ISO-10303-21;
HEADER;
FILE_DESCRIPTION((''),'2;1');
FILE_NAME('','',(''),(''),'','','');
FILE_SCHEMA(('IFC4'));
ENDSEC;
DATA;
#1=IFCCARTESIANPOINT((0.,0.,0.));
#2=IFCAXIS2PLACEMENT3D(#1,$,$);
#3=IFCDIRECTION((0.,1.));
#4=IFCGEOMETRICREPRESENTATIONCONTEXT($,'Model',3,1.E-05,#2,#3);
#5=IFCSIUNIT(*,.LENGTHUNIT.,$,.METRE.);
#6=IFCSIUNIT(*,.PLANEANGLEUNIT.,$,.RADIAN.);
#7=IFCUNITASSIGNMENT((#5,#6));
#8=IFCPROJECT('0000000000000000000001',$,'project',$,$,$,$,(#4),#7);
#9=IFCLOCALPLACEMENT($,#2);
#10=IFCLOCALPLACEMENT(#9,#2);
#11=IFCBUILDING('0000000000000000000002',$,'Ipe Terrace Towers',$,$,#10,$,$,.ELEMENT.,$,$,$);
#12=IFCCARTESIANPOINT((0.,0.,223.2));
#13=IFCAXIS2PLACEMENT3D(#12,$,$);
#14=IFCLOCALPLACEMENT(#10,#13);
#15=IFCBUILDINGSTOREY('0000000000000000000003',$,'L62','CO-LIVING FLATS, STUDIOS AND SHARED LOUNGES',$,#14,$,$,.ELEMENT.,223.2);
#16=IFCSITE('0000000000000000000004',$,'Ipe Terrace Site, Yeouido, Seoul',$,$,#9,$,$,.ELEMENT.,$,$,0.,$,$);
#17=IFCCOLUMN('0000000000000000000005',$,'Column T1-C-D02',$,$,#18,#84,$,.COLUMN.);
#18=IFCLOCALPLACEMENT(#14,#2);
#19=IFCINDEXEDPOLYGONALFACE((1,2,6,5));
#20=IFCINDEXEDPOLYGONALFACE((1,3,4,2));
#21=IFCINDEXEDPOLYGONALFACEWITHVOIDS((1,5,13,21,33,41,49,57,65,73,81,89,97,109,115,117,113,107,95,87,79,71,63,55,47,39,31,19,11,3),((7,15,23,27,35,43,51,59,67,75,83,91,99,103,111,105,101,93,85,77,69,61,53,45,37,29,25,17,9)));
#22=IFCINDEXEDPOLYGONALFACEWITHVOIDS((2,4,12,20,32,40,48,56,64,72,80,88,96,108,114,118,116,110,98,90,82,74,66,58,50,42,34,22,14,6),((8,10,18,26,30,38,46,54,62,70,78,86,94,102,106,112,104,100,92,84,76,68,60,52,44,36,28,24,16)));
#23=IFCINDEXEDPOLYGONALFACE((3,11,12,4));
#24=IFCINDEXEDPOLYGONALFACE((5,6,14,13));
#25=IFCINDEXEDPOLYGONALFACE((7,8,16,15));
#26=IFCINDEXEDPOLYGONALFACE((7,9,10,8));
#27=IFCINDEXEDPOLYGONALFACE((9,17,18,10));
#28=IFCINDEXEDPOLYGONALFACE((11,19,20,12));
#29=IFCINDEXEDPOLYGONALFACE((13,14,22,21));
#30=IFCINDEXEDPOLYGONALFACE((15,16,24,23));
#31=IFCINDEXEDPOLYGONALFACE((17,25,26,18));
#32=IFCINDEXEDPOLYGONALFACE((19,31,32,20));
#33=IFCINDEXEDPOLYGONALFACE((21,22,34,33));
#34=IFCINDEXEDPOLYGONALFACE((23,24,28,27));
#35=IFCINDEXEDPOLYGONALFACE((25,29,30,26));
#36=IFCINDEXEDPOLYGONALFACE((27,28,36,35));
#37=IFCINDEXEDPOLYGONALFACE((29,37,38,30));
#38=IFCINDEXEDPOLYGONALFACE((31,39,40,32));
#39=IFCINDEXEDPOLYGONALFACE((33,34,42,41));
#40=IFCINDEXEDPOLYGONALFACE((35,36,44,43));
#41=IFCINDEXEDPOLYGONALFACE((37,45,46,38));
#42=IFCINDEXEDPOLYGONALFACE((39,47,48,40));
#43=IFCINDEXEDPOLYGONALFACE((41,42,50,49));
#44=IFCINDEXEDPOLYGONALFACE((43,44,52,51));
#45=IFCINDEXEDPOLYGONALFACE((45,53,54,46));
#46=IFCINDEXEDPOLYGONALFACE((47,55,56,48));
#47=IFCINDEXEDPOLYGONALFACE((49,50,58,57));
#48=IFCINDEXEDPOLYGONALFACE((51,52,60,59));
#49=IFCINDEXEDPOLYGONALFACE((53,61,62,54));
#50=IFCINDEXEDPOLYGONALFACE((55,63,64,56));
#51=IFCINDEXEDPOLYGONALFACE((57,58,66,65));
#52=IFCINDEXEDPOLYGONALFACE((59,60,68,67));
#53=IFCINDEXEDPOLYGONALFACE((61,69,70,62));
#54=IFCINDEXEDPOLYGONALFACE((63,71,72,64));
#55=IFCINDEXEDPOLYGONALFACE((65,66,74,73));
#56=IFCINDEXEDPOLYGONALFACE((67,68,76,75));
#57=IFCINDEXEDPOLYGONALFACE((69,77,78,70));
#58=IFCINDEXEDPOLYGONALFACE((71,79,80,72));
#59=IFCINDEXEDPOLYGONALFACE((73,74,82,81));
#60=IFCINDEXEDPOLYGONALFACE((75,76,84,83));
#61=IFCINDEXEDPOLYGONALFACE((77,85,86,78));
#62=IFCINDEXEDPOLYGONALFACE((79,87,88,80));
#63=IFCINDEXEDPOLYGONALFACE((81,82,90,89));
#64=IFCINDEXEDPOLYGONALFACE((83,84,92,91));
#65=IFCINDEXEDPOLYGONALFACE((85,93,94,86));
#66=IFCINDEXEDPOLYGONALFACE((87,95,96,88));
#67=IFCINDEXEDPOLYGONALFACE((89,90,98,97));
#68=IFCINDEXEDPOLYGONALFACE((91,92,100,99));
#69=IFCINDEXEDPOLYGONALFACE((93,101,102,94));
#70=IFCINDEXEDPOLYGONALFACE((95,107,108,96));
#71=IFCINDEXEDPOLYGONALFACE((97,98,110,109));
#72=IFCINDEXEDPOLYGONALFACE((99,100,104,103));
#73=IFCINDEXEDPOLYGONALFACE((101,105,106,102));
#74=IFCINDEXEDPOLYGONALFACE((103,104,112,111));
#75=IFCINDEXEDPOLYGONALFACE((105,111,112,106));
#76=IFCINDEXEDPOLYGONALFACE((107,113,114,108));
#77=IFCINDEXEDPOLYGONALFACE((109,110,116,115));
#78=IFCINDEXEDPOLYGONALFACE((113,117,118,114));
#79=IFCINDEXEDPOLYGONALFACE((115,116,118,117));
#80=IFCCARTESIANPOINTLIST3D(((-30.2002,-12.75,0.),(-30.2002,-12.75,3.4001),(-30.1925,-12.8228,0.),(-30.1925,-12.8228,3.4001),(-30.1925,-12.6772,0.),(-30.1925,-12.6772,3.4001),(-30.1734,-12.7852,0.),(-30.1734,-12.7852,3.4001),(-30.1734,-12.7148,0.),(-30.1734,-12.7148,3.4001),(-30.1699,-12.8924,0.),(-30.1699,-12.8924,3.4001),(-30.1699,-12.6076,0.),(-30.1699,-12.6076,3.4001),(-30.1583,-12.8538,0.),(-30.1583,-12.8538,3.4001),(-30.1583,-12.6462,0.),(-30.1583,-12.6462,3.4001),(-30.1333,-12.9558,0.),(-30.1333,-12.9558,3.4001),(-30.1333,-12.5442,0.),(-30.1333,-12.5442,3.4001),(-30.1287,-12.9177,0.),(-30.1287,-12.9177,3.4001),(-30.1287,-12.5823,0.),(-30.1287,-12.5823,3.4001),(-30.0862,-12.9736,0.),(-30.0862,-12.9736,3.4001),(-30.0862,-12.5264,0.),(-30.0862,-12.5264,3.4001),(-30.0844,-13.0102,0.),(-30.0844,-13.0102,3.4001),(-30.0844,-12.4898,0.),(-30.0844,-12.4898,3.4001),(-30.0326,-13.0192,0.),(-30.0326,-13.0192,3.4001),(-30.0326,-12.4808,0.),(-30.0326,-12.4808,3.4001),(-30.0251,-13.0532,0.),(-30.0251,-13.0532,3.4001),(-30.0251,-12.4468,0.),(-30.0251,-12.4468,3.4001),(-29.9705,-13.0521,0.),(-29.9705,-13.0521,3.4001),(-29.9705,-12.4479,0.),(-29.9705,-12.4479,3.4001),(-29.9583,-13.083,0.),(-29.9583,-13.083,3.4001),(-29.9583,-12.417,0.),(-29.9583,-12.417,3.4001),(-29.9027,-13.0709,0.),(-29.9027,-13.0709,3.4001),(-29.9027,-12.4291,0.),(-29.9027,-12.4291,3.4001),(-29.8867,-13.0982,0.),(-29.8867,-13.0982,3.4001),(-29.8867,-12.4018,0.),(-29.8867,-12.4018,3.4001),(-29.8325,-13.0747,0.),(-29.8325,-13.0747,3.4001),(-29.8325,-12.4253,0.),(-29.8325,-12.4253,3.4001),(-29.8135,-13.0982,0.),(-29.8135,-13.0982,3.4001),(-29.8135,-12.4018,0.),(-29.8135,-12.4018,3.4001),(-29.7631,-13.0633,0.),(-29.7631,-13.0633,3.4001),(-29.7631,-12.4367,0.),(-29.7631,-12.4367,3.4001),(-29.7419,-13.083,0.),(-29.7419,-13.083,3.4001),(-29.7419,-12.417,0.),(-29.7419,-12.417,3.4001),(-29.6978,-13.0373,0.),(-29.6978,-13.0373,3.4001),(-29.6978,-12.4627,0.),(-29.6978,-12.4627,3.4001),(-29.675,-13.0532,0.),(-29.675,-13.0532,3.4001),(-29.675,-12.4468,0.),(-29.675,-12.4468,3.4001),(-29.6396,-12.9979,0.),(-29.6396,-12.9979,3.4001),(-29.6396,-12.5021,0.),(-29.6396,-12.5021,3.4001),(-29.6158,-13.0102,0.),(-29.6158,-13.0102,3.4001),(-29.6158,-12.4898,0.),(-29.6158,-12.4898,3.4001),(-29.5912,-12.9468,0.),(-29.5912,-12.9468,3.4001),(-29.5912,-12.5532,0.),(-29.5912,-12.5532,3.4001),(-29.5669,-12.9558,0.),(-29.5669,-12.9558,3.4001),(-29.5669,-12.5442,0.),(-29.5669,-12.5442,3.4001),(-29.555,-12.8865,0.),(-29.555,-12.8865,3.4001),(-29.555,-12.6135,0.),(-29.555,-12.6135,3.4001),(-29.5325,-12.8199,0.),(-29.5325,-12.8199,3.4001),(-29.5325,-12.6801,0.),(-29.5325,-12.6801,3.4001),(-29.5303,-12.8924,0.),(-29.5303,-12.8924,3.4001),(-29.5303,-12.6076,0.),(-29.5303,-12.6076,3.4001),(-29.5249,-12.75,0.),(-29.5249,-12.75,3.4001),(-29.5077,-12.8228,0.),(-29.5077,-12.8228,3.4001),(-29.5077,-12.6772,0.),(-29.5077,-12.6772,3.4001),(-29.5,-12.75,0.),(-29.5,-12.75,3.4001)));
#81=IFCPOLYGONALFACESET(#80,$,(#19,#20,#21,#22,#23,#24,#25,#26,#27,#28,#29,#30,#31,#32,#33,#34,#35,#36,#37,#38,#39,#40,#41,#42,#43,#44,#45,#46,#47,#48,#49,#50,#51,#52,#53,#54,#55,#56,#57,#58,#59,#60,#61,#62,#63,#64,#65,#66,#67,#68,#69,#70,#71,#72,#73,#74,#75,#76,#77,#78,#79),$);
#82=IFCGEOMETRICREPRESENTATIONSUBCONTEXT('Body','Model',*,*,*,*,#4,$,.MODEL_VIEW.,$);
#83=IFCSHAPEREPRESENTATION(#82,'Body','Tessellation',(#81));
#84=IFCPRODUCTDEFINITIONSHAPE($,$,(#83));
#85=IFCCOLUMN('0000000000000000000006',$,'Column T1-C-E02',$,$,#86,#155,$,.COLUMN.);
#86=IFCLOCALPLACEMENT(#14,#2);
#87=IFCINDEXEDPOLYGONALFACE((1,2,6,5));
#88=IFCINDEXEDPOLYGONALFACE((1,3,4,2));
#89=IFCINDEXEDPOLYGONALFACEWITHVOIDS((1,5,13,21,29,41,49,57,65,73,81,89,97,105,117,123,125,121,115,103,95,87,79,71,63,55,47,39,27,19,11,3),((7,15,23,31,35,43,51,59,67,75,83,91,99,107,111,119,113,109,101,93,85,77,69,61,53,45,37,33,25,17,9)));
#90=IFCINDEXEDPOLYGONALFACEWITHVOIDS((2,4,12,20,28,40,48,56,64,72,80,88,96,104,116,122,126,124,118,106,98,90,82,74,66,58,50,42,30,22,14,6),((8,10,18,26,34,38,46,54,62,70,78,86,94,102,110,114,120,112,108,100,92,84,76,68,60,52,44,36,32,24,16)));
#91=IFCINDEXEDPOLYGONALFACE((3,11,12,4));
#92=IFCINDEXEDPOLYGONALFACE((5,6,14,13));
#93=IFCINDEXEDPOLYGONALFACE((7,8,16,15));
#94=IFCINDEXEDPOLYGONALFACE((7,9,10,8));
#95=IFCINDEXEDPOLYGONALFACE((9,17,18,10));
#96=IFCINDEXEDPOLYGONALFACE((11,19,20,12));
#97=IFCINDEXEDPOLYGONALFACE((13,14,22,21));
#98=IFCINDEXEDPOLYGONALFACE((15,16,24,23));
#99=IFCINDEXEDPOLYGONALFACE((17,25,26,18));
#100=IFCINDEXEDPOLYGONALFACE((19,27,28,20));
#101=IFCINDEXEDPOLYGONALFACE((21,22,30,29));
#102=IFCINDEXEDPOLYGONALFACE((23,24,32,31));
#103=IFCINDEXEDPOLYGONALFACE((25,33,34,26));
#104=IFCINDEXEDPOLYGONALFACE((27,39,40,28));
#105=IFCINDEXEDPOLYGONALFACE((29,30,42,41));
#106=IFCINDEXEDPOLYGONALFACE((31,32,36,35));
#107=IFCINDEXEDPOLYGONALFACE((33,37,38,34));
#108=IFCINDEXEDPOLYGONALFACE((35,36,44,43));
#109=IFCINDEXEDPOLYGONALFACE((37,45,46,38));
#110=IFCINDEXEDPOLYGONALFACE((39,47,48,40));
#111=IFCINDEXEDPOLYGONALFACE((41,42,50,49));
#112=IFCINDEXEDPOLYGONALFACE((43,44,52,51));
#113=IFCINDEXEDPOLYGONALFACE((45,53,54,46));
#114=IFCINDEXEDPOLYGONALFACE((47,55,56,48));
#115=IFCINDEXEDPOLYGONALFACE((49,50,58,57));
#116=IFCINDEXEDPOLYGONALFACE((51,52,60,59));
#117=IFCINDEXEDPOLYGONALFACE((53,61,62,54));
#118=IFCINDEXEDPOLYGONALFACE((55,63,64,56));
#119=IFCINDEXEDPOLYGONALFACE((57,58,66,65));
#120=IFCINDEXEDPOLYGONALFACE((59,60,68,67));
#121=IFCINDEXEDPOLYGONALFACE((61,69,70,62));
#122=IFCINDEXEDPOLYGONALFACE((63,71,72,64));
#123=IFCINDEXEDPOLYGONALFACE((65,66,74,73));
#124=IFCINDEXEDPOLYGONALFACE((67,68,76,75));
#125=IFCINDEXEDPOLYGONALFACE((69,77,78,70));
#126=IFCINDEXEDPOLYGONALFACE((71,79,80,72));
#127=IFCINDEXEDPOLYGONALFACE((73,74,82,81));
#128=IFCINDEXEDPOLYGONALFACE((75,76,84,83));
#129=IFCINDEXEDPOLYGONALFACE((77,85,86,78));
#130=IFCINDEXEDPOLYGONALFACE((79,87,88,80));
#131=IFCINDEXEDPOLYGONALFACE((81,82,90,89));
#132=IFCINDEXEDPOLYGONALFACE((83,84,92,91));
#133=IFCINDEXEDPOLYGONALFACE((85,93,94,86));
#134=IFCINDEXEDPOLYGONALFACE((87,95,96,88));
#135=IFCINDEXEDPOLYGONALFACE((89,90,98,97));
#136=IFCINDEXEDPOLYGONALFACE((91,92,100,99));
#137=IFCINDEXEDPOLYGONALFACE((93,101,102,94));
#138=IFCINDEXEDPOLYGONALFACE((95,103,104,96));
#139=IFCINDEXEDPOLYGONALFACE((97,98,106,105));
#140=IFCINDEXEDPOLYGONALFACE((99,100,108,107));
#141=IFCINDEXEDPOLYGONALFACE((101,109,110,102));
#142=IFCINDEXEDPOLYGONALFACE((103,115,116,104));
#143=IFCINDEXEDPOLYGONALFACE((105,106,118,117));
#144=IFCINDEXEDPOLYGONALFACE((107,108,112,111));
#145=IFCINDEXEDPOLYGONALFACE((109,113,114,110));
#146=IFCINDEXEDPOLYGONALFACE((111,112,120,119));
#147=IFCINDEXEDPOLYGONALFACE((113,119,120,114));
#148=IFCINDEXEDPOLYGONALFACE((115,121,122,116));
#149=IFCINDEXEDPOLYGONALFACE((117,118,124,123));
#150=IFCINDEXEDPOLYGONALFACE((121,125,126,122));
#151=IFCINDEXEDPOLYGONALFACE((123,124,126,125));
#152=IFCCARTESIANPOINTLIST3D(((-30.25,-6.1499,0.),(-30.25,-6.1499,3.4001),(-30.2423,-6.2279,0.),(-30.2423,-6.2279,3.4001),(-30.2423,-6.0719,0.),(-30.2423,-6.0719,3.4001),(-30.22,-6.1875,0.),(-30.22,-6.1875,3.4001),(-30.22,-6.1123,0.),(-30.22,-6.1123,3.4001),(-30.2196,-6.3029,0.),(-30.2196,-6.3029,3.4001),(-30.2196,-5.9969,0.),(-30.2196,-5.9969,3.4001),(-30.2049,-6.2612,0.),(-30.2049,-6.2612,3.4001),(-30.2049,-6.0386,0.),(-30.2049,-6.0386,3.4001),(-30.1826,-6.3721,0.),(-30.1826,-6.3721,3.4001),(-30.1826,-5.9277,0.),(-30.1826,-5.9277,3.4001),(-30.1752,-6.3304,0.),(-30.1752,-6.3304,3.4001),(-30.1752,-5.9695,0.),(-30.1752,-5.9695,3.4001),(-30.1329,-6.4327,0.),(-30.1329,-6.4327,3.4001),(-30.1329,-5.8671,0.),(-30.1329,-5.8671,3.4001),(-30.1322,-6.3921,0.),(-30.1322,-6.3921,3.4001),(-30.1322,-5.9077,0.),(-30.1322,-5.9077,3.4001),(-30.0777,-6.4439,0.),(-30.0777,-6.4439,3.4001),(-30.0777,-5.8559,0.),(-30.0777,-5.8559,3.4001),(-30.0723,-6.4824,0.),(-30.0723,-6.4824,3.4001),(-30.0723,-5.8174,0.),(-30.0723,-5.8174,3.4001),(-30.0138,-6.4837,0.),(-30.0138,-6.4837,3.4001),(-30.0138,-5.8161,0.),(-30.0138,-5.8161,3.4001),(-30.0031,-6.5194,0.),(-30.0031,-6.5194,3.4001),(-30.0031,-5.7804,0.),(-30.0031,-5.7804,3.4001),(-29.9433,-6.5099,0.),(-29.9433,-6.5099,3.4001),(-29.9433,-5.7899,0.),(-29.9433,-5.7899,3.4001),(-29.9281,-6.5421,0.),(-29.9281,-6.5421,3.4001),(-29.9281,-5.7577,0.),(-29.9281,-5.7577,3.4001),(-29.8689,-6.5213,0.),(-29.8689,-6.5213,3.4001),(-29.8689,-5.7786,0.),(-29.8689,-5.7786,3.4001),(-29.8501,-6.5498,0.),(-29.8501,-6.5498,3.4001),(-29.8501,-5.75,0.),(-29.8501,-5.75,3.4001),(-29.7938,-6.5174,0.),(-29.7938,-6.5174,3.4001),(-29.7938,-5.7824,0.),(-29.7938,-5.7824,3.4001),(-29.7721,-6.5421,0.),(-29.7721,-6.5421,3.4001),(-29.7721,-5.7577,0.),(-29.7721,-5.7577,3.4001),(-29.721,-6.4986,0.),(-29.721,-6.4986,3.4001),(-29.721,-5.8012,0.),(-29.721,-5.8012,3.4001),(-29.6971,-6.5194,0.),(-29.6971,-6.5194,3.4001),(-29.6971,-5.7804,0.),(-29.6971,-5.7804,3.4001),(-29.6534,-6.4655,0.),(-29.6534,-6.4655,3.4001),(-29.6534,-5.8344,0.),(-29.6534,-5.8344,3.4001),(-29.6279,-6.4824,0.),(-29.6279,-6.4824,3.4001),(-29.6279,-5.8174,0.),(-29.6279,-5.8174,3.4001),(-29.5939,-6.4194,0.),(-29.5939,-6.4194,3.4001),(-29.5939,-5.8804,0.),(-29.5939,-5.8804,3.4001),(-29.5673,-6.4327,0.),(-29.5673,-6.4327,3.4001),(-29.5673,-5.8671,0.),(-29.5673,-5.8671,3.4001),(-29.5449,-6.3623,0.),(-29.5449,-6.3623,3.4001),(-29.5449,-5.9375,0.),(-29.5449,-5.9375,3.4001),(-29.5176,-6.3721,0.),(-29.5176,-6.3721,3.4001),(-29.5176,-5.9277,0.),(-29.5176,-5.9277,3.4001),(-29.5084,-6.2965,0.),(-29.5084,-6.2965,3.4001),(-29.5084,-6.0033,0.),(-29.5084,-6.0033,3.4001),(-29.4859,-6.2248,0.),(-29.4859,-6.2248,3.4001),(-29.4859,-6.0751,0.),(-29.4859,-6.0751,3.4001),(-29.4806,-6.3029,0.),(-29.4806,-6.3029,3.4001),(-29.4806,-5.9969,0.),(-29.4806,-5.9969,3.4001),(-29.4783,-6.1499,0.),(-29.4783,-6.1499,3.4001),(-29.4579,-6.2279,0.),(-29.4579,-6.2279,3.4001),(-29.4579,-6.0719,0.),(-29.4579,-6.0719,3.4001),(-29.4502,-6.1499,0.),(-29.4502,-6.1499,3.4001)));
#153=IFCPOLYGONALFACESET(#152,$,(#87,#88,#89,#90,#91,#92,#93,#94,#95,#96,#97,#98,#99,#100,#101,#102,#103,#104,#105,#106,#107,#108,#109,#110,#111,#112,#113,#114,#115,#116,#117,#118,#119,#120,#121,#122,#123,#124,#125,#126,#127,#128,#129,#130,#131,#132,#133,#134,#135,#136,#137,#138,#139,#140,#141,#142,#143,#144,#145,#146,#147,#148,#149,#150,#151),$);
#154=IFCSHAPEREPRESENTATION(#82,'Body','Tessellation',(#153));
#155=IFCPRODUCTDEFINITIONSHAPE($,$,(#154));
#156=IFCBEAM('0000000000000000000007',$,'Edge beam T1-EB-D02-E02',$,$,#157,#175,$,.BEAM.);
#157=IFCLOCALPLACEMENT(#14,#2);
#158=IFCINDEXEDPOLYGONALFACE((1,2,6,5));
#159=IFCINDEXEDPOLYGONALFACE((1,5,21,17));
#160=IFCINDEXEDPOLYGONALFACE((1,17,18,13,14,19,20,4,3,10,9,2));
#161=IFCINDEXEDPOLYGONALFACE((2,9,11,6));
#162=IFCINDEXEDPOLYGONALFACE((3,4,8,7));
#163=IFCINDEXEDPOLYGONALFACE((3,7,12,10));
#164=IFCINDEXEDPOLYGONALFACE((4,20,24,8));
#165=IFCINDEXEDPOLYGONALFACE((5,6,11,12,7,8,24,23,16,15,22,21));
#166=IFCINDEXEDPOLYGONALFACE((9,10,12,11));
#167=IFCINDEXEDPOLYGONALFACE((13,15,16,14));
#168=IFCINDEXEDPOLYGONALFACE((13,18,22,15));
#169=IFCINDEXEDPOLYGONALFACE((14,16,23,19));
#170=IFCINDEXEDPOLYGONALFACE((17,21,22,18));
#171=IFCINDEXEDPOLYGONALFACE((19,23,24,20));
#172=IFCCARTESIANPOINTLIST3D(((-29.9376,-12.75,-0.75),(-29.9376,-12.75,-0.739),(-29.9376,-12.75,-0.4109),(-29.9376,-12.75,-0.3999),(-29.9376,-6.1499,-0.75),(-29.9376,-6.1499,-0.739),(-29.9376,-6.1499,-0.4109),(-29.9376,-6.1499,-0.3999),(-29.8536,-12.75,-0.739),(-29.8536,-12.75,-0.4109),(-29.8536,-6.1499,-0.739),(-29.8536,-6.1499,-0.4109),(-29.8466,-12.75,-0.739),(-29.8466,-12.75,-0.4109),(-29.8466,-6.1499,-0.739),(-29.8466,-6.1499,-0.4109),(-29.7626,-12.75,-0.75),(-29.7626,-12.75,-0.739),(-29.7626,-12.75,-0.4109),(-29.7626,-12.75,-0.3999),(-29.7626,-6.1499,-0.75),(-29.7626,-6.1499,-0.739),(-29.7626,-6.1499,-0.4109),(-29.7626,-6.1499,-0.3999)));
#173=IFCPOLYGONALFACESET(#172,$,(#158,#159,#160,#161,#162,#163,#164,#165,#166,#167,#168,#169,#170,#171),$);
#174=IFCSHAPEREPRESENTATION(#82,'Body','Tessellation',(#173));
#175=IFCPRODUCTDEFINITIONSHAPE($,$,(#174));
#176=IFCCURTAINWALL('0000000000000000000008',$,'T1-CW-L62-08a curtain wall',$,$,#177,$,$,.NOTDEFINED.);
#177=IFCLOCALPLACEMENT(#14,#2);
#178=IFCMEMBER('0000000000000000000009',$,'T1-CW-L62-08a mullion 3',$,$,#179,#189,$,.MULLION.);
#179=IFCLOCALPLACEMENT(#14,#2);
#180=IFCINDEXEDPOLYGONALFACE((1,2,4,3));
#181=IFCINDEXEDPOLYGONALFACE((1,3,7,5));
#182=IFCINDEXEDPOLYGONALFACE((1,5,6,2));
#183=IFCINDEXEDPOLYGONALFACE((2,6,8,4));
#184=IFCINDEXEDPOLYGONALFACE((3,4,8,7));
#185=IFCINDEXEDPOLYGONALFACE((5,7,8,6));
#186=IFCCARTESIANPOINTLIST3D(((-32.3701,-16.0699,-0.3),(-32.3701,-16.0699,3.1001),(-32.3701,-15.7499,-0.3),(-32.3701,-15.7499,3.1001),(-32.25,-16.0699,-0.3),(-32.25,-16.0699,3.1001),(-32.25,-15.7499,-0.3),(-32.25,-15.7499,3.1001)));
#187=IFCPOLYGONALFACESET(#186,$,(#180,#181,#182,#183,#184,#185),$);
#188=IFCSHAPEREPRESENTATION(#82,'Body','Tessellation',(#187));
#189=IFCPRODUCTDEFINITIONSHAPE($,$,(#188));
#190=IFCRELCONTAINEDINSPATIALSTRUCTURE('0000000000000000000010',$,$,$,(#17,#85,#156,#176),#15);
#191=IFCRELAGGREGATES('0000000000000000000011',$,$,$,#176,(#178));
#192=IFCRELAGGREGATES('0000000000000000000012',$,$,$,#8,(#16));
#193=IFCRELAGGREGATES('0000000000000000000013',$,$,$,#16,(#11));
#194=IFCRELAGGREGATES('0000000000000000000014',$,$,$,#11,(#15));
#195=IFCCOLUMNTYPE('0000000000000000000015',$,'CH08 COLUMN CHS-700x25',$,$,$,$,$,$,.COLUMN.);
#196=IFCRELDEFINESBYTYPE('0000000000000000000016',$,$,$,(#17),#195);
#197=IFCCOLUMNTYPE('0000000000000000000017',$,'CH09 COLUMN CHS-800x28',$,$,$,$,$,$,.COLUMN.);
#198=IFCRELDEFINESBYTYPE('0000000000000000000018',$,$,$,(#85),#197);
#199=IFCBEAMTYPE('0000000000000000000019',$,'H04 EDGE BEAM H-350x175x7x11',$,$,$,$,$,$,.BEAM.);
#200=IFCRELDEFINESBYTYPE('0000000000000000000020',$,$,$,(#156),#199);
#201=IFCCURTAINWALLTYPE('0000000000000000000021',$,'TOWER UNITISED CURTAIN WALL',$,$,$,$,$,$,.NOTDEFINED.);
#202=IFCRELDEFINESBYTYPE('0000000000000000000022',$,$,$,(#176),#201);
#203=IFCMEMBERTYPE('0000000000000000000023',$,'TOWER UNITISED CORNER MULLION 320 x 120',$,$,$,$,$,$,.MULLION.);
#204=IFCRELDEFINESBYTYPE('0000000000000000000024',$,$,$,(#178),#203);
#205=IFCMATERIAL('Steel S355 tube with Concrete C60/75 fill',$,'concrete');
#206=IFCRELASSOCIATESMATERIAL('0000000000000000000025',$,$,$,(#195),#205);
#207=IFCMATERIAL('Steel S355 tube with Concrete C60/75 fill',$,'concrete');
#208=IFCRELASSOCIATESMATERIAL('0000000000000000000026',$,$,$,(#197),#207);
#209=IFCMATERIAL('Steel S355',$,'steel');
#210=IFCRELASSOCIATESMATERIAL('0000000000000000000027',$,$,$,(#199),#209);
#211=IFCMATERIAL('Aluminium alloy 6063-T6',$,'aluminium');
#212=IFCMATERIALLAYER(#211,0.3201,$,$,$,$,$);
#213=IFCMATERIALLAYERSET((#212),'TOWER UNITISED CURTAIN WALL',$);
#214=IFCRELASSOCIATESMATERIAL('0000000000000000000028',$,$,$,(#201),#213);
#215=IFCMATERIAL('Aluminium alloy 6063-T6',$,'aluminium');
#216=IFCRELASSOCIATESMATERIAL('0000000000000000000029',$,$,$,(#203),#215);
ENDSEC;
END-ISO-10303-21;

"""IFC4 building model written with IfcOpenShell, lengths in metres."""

from ifc_helpers import new_model, si_unit, direction, frame, origin, origin_2d, place, context, subcontext, project, spatial, rectangle, hollow_circle, i_section, extrude, material, layer, layer_set, material_profile, profile_set, type_object, element, aggregate, save


model = new_model("IFC4")

# Units and contexts
model_context = context("Model", 3, precision=1e-05, world=origin(), true_north=direction((0.0, 1.0)))
body_context = subcontext(model_context, "Body", "Model", "MODEL_VIEW")
ifc_project = project(units=[si_unit("LENGTHUNIT", "METRE"), si_unit("PLANEANGLEUNIT", "RADIAN")], contexts=[model_context])

# Site, building, storey
site_placement = place(None, origin())
site = spatial("IfcSite", under=ifc_project, at=site_placement, Name="Ipe Terrace Site, Yeouido, Seoul", CompositionType="ELEMENT", RefElevation=0.0)
building_placement = place(site_placement, origin())
building = spatial("IfcBuilding", under=site, at=building_placement, Name="Ipe Terrace Towers", CompositionType="ELEMENT")
storey_placement = place(building_placement, frame((0.0, 0.0, 223.2)))
storey = spatial("IfcBuildingStorey", under=building, at=storey_placement, Name="L62", Description="CO-LIVING FLATS, STUDIOS AND SHARED LOUNGES", CompositionType="ELEMENT", Elevation=223.2)

# Columns
ifc_material_1 = material(Name="Steel S355 tube with Concrete C60/75 fill", Category="concrete")
ifc_material_profile_1 = material_profile(ifc_material_1, hollow_circle(Radius=0.3501, WallThickness=0.0249, at=origin_2d()), Name="CHS-700x25")
ifc_profile_set_1 = profile_set([ifc_material_profile_1], Name="Steel S355 tube with Concrete C60/75 fill")
column_type_1 = type_object("IfcColumnType", Name="CH08 COLUMN CHS-700x25", PredefinedType="COLUMN", material=ifc_profile_set_1)
column_1_placement = place(storey_placement, frame((-29.8501, -12.75, 0.0), z_axis=(0.0, 0.0, 1.0), x_axis=(1.0, 0.0, 0.0)))
element("IfcColumn", 1, at=column_1_placement, inside=storey, type_object=column_type_1, Name="Column T1-C-D02", PredefinedType="COLUMN", context=body_context, shape_type="SweptSolid", body=[
    extrude(hollow_circle(Radius=0.3501, WallThickness=0.0249, at=origin_2d()), origin(), (0.0, 0.0, 1.0), 3.4001),
])
ifc_material_2 = material(Name="Steel S355 tube with Concrete C60/75 fill", Category="concrete")
ifc_material_profile_2 = material_profile(ifc_material_2, hollow_circle(Radius=0.3999, WallThickness=0.0281, at=origin_2d()), Name="CHS-800x28")
ifc_profile_set_2 = profile_set([ifc_material_profile_2], Name="Steel S355 tube with Concrete C60/75 fill")
column_type_2 = type_object("IfcColumnType", Name="CH09 COLUMN CHS-800x28", PredefinedType="COLUMN", material=ifc_profile_set_2)
column_2_placement = place(storey_placement, frame((-29.8501, -6.1499, 0.0), z_axis=(0.0, 0.0, 1.0), x_axis=(1.0, 0.0, 0.0)))
element("IfcColumn", 2, at=column_2_placement, inside=storey, type_object=column_type_2, Name="Column T1-C-E02", PredefinedType="COLUMN", context=body_context, shape_type="SweptSolid", body=[
    extrude(hollow_circle(Radius=0.3999, WallThickness=0.0281, at=origin_2d()), origin(), (0.0, 0.0, 1.0), 3.4001),
])

# Beam
ifc_material_3 = material(Name="Steel S355", Category="steel")
ifc_material_profile_3 = material_profile(ifc_material_3, i_section(OverallWidth=0.175, OverallDepth=0.3501, WebThickness=0.0071, FlangeThickness=0.011, at=origin_2d()), Name="H-350x175x7x11")
ifc_profile_set_3 = profile_set([ifc_material_profile_3], Name="Steel S355")
beam_type = type_object("IfcBeamType", Name="H04 EDGE BEAM H-350x175x7x11", PredefinedType="BEAM", material=ifc_profile_set_3)
beam_placement = place(storey_placement, frame((-29.8501, -12.75, -0.575), z_axis=(0.0, 1.0, 0.0), x_axis=(-1.0, 0.0, 0.0)))
element("IfcBeam", 3, at=beam_placement, inside=storey, type_object=beam_type, Name="Edge beam T1-EB-D02-E02", PredefinedType="BEAM", context=body_context, shape_type="SweptSolid", body=[
    extrude(i_section(OverallWidth=0.175, OverallDepth=0.3501, WebThickness=0.0071, FlangeThickness=0.011, at=origin_2d()), origin(), (0.0, 0.0, 1.0), 6.6001),
])

# Curtain wall, member
ifc_material_4 = material(Name="Aluminium alloy 6063-T6", Category="aluminium")
ifc_layer_1 = layer(ifc_material_4, 0.3201)
ifc_layer_set_1 = layer_set([ifc_layer_1], Name="TOWER UNITISED CURTAIN WALL")
curtain_wall_type = type_object("IfcCurtainWallType", Name="TOWER UNITISED CURTAIN WALL", PredefinedType="NOTDEFINED", material=ifc_layer_set_1)
curtain_wall_1_placement = place(storey_placement, origin())
curtain_wall_1 = element("IfcCurtainWall", 4, at=curtain_wall_1_placement, inside=storey, type_object=curtain_wall_type, Name="T1-CW-L62-08a curtain wall", PredefinedType="NOTDEFINED")
ifc_material_5 = material(Name="Aluminium alloy 6063-T6", Category="aluminium")
ifc_material_profile_4 = material_profile(ifc_material_5, rectangle(XDim=0.3201, YDim=0.1201, at=origin_2d()), Name="TOWER UNITISED CORNER MULLION 320 x 120")
ifc_profile_set_4 = profile_set([ifc_material_profile_4], Name="Aluminium alloy 6063-T6")
member_type = type_object("IfcMemberType", Name="TOWER UNITISED CORNER MULLION 320 x 120", PredefinedType="MULLION", material=ifc_profile_set_4)
member_1_placement = place(storey_placement, frame((-32.3101, -15.9099, -0.3), z_axis=(0.0, 0.0, 1.0), x_axis=(0.0, -1.0, 0.0)))
member_1 = element("IfcMember", 5, at=member_1_placement, type_object=member_type, Name="T1-CW-L62-08a mullion 3", PredefinedType="MULLION", context=body_context, shape_type="SweptSolid", body=[
    extrude(rectangle(XDim=0.3201, YDim=0.1201, at=origin_2d()), origin(), (0.0, 0.0, 1.0), 3.4001),
])
aggregate(curtain_wall_1, [member_1])

save(model, "model.ifc")
